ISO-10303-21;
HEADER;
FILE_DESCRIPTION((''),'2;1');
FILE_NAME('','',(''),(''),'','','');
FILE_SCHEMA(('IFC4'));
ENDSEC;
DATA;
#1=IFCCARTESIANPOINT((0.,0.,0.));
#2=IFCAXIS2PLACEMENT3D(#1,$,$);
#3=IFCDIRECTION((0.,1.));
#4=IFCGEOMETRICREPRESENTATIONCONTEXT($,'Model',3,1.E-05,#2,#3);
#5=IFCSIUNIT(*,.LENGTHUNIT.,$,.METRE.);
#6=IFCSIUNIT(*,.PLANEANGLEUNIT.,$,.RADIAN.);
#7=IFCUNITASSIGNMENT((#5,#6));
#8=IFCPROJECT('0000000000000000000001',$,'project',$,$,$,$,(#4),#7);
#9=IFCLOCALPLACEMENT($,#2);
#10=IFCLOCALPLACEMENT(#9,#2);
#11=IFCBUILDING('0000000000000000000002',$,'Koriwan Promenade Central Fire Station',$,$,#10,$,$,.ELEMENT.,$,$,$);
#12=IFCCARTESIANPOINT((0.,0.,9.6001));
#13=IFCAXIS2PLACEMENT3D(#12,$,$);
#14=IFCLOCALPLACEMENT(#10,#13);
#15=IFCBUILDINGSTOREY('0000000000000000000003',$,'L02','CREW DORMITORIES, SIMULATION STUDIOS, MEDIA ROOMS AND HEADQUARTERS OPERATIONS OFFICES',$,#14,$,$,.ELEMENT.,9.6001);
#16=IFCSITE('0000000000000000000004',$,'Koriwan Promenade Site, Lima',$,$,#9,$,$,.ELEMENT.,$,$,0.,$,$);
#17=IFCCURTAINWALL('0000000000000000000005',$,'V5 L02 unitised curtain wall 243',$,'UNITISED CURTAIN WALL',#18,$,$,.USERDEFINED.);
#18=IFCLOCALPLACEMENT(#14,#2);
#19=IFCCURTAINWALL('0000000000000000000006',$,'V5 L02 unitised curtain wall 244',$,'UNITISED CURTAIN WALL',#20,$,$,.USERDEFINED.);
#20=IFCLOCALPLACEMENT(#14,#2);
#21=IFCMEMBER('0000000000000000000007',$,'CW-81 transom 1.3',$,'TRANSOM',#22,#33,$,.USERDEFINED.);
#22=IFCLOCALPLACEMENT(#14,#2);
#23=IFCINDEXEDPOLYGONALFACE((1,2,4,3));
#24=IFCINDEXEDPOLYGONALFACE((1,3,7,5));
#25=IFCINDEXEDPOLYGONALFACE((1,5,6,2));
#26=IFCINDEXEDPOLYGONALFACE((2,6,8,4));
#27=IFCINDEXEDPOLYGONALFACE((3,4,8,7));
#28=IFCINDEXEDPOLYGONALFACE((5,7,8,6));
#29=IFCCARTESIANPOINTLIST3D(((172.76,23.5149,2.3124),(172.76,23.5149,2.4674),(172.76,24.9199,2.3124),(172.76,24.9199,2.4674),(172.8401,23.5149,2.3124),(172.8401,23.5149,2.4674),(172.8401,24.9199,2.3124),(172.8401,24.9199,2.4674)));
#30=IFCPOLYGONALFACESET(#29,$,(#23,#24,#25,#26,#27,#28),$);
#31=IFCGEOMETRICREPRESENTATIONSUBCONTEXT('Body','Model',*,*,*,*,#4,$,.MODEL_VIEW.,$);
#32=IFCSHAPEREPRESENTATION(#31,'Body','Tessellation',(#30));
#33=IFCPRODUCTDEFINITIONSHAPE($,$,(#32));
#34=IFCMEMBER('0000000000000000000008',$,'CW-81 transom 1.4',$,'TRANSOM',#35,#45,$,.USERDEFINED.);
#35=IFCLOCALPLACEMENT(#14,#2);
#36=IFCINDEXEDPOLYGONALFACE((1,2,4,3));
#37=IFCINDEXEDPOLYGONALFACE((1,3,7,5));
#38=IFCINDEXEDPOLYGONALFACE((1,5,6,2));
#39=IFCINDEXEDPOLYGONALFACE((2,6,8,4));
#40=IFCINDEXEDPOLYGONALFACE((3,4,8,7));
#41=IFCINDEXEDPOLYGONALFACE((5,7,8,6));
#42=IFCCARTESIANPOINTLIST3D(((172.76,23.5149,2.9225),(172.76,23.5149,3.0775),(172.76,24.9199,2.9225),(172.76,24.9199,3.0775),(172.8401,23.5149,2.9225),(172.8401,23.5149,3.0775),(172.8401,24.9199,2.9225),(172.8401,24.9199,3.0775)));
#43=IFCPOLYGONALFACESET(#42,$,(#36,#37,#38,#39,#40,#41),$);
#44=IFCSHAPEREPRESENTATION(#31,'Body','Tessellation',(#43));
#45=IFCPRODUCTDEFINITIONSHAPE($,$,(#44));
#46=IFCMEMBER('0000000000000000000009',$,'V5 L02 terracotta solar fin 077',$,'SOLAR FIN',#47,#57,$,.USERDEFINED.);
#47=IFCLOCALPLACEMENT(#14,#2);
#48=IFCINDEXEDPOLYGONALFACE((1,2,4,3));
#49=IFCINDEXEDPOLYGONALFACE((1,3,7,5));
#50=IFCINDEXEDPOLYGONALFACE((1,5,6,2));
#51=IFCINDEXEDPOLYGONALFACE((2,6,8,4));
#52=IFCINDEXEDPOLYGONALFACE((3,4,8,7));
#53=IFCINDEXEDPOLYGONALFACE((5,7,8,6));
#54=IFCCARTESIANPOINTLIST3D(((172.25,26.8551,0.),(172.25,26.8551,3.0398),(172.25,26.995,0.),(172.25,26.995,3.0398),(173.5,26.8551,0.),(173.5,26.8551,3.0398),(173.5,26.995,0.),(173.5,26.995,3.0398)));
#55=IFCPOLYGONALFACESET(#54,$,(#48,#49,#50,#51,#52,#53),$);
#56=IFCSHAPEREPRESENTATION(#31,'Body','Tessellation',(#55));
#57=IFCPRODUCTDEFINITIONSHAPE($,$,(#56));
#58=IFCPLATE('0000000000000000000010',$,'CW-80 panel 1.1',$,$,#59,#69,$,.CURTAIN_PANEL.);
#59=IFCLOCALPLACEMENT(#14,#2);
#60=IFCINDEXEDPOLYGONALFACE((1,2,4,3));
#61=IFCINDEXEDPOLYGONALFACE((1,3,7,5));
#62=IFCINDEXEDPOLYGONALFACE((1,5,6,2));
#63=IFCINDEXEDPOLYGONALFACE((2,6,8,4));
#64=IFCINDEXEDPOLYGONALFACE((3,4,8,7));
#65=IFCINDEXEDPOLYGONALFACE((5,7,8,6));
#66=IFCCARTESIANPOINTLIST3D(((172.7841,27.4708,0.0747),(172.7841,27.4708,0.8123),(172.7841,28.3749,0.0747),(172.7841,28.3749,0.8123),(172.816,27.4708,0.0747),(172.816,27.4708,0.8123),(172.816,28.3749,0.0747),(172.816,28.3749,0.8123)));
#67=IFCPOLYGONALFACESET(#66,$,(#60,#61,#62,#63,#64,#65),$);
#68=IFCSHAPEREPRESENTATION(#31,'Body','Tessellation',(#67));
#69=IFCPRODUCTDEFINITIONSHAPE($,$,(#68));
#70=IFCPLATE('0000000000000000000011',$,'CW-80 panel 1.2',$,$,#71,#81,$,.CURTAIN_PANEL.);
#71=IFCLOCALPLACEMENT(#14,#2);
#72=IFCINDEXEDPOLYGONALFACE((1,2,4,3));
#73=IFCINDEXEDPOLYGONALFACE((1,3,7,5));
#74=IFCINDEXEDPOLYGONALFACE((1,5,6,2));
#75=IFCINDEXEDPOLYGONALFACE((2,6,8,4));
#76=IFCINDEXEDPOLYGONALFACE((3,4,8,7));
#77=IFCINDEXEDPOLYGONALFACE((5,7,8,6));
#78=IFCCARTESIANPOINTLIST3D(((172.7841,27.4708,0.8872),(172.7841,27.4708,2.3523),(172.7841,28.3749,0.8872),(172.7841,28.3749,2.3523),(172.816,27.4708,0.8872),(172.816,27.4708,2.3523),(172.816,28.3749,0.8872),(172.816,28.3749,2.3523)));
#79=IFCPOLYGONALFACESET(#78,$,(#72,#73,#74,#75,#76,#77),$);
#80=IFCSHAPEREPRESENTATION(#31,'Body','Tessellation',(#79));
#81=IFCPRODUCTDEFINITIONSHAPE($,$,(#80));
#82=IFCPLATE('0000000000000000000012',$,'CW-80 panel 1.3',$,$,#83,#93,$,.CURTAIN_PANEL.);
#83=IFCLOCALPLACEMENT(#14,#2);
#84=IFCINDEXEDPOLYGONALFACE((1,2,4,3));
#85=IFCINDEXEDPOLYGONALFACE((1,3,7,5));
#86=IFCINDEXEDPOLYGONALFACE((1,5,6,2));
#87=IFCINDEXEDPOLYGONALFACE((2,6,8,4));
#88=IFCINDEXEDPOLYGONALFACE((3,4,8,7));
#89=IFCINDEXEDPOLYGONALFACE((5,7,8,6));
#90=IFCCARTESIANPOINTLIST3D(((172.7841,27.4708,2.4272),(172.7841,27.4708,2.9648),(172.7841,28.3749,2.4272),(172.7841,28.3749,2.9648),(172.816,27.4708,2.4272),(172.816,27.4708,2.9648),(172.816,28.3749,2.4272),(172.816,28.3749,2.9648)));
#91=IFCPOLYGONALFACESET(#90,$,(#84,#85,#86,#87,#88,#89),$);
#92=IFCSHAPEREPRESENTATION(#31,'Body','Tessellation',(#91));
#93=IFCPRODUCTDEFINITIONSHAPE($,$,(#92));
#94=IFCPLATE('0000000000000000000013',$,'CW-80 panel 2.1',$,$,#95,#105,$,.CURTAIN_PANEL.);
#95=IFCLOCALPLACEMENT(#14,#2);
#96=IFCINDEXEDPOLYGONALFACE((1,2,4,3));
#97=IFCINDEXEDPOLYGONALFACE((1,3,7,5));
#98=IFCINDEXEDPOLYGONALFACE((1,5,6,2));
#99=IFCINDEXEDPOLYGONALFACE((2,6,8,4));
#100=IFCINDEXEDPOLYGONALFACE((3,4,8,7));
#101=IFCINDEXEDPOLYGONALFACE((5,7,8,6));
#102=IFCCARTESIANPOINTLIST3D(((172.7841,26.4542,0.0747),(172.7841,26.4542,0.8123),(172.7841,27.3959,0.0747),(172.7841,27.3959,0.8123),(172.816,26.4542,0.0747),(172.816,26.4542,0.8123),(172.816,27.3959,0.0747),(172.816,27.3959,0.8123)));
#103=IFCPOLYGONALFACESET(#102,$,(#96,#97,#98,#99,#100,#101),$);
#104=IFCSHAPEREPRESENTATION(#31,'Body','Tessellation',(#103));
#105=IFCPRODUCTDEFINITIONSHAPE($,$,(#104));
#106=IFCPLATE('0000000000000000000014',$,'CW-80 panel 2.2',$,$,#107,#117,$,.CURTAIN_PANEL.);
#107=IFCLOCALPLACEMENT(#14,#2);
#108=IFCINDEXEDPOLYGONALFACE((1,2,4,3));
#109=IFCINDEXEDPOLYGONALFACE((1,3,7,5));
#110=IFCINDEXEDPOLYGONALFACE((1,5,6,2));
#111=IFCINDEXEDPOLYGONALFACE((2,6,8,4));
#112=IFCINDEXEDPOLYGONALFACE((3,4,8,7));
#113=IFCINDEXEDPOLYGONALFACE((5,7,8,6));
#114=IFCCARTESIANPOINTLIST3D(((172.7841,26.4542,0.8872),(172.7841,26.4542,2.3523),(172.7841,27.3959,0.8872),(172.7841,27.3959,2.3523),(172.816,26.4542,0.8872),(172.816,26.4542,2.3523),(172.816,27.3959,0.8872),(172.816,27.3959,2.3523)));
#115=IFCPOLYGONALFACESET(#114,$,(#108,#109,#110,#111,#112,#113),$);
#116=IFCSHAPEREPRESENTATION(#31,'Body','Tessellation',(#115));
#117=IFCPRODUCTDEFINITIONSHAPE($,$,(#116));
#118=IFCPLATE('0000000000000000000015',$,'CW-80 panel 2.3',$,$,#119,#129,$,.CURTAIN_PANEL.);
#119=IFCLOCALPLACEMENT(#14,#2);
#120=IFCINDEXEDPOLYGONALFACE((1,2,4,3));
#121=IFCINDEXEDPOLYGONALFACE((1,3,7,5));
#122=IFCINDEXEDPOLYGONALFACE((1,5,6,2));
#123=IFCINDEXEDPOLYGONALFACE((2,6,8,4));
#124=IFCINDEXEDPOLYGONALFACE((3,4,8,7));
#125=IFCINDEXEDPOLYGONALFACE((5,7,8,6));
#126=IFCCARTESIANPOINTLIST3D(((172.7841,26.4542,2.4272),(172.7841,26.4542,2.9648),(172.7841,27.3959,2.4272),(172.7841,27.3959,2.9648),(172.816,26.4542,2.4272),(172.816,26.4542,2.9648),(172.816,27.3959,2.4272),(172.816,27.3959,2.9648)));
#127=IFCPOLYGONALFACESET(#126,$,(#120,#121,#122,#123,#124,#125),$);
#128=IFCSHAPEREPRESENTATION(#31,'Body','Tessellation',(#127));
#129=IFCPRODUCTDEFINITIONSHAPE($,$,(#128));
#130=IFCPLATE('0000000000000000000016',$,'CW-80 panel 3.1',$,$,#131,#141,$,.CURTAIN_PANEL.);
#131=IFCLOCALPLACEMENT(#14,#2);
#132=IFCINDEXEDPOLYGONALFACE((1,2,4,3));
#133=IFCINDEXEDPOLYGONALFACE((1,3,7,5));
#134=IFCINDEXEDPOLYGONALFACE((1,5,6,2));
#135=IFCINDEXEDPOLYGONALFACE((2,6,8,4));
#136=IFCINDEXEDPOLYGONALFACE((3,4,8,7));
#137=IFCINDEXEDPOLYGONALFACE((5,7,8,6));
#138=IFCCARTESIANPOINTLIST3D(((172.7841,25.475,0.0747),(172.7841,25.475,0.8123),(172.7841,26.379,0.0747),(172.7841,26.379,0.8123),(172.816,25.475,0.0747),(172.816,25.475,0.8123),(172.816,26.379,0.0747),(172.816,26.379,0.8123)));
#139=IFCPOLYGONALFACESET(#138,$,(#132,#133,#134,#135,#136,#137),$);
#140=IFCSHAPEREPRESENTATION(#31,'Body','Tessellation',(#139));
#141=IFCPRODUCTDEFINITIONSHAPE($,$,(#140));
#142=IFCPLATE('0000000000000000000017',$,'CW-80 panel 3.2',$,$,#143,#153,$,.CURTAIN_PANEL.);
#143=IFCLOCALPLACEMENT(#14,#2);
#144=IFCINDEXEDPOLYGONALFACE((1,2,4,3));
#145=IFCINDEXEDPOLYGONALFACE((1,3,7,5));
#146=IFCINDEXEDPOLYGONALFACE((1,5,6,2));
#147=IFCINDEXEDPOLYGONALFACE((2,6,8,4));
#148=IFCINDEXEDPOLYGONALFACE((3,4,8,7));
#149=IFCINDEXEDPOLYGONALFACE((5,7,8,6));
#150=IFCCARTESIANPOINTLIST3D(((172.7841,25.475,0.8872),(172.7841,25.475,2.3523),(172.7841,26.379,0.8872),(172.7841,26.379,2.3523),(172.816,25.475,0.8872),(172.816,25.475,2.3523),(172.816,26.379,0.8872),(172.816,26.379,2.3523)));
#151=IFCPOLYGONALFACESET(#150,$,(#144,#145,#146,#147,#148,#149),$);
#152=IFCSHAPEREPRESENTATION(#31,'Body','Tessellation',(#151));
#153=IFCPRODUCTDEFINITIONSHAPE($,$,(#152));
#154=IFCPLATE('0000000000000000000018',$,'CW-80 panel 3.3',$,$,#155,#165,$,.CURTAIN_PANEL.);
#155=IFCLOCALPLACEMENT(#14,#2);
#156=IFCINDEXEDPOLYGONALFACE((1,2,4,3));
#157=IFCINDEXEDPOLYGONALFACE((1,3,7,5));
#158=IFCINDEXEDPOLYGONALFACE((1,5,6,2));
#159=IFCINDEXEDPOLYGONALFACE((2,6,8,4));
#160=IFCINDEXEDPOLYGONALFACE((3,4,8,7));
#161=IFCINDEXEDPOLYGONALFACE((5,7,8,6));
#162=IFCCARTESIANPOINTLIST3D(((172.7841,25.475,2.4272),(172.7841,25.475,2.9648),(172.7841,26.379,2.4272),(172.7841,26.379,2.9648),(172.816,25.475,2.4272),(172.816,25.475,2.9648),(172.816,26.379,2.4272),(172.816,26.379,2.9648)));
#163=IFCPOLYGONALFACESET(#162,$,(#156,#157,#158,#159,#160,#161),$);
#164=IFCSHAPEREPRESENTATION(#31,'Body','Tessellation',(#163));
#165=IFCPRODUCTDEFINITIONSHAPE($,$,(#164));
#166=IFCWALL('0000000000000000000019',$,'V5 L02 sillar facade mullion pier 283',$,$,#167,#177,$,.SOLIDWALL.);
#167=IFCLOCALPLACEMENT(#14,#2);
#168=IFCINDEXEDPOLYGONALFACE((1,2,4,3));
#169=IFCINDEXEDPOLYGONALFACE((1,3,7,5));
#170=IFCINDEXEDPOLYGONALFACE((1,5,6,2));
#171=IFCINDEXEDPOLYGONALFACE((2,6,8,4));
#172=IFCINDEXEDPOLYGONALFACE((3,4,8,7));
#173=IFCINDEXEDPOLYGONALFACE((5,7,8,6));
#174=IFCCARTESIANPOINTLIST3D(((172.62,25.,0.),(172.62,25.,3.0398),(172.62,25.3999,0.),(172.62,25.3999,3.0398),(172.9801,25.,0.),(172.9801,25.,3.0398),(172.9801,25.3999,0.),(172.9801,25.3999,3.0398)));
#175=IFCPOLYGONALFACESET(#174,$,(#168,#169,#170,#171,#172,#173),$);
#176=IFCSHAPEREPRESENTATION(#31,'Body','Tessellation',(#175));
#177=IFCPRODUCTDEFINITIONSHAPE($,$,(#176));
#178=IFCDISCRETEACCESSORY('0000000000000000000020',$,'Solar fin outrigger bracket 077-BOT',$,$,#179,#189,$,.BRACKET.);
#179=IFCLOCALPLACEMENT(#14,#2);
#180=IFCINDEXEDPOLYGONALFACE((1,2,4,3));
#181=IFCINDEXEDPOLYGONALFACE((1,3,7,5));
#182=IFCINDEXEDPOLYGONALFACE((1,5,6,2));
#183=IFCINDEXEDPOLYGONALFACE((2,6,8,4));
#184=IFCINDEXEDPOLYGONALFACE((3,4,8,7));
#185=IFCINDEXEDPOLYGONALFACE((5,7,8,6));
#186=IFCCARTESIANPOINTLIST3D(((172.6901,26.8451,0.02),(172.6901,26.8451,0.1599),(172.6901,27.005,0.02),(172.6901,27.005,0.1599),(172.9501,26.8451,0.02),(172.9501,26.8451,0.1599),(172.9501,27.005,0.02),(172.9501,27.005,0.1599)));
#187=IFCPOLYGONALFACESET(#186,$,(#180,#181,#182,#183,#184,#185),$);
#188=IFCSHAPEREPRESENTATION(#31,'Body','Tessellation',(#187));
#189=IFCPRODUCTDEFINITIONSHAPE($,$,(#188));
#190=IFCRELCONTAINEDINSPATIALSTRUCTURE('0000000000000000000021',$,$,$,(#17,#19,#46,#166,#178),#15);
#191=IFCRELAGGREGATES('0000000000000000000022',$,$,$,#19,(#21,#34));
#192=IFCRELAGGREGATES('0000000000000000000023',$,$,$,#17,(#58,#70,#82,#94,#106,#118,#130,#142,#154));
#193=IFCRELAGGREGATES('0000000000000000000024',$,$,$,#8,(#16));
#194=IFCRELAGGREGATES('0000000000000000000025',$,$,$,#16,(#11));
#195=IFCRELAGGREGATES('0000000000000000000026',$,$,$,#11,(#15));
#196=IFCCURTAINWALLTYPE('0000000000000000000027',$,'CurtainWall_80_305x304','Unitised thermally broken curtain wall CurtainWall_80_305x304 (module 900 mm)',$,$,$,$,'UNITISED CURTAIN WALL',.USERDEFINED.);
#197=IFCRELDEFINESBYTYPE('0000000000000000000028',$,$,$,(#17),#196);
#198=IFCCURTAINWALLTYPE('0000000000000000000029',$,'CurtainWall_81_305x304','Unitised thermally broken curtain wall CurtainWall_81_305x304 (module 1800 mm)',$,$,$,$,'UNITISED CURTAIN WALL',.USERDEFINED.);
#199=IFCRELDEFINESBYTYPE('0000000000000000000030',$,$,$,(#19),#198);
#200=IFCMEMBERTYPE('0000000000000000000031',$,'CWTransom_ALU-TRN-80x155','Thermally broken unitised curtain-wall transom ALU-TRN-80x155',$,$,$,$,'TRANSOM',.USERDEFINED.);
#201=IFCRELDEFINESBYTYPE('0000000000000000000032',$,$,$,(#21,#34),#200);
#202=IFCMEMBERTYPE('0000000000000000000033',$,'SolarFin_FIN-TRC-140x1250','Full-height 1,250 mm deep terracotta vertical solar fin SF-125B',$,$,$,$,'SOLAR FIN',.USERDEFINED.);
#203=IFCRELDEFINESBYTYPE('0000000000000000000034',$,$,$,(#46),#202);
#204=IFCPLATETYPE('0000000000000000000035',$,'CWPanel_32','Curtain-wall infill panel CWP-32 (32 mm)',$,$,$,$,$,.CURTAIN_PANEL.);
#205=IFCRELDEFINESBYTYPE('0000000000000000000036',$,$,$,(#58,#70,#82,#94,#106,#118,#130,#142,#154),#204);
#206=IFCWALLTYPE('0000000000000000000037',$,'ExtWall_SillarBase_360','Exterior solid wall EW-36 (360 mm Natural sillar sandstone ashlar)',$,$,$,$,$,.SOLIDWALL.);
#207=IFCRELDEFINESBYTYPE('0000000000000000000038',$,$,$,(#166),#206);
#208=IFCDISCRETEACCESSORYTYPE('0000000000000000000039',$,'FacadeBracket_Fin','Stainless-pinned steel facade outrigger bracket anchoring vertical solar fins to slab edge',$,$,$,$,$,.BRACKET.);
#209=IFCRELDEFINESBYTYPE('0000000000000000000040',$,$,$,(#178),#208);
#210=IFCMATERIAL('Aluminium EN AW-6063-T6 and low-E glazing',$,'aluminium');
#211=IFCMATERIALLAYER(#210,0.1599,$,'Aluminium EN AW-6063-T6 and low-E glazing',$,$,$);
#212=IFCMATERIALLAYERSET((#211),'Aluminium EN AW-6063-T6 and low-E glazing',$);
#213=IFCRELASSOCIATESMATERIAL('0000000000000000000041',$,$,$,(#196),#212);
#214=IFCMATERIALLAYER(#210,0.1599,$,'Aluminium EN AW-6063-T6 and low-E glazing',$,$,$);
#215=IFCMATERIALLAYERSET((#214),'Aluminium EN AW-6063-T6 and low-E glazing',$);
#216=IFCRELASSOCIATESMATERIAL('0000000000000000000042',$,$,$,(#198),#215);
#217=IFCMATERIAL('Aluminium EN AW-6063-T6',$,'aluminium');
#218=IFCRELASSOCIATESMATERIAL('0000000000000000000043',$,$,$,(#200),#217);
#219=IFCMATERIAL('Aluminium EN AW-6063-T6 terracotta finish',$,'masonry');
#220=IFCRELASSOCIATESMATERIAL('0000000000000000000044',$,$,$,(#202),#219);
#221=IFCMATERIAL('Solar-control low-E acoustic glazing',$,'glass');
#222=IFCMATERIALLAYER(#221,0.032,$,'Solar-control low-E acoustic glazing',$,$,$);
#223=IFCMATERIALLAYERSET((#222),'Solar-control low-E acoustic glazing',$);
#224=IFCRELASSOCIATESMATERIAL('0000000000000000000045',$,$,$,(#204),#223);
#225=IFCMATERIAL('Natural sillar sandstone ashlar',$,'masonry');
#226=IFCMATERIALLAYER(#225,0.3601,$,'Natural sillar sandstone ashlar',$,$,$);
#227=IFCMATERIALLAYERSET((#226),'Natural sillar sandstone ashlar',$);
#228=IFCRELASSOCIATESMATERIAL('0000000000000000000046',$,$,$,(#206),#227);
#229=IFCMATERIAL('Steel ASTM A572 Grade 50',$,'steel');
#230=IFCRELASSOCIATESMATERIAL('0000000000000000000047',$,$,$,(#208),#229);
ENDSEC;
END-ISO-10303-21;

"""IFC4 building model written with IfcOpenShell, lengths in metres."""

from ifc_helpers import new_model, si_unit, direction, frame, frame_2d, origin, origin_2d, place, context, subcontext, project, spatial, rectangle, extrude, material, layer, layer_set, material_profile, profile_set, type_object, element, aggregate, save


model = new_model("IFC4")

# Units and contexts
model_context = context("Model", 3, precision=1e-05, world=origin(), true_north=direction((0.0, 1.0)))
body_context = subcontext(model_context, "Body", "Model", "MODEL_VIEW")
ifc_project = project(units=[si_unit("LENGTHUNIT", "METRE"), si_unit("PLANEANGLEUNIT", "RADIAN")], contexts=[model_context])

# Site, building, storey
site_placement = place(None, origin())
site = spatial("IfcSite", under=ifc_project, at=site_placement, Name="Koriwan Promenade Site, Lima", CompositionType="ELEMENT", RefElevation=0.0)
building_placement = place(site_placement, origin())
building = spatial("IfcBuilding", under=site, at=building_placement, Name="Koriwan Promenade Central Fire Station", CompositionType="ELEMENT")
storey_placement = place(building_placement, frame((0.0, 0.0, 9.6001)))
storey = spatial("IfcBuildingStorey", under=building, at=storey_placement, Name="L02", Description="CREW DORMITORIES, SIMULATION STUDIOS, MEDIA ROOMS AND HEADQUARTERS OPERATIONS OFFICES", CompositionType="ELEMENT", Elevation=9.6001)

# Curtain wall
ifc_material_1 = material(Name="Aluminium EN AW-6063-T6 and low-E glazing", Category="aluminium")
ifc_layer_1 = layer(ifc_material_1, 0.1599, Name="Aluminium EN AW-6063-T6 and low-E glazing")
ifc_layer_set_1 = layer_set([ifc_layer_1], Name="Aluminium EN AW-6063-T6 and low-E glazing")
curtain_wall_type_1 = type_object("IfcCurtainWallType", Name="CurtainWall_80_305x304", Description="Unitised thermally broken curtain wall CurtainWall_80_305x304 (module 900 mm)", ElementType="UNITISED CURTAIN WALL", PredefinedType="USERDEFINED", material=ifc_layer_set_1)
curtain_wall_1_placement = place(storey_placement, origin())
curtain_wall_1 = element("IfcCurtainWall", 1, at=curtain_wall_1_placement, inside=storey, type_object=curtain_wall_type_1, Name="V5 L02 unitised curtain wall 243", ObjectType="UNITISED CURTAIN WALL", PredefinedType="USERDEFINED")
ifc_material_2 = material(Name="Aluminium EN AW-6063-T6", Category="aluminium")

# Curtain wall
ifc_layer_2 = layer(ifc_material_1, 0.1599, Name="Aluminium EN AW-6063-T6 and low-E glazing")
ifc_layer_set_2 = layer_set([ifc_layer_2], Name="Aluminium EN AW-6063-T6 and low-E glazing")
curtain_wall_type_2 = type_object("IfcCurtainWallType", Name="CurtainWall_81_305x304", Description="Unitised thermally broken curtain wall CurtainWall_81_305x304 (module 1800 mm)", ElementType="UNITISED CURTAIN WALL", PredefinedType="USERDEFINED", material=ifc_layer_set_2)
curtain_wall_2_placement = place(storey_placement, origin())
curtain_wall_2 = element("IfcCurtainWall", 2, at=curtain_wall_2_placement, inside=storey, type_object=curtain_wall_type_2, Name="V5 L02 unitised curtain wall 244", ObjectType="UNITISED CURTAIN WALL", PredefinedType="USERDEFINED")

# Members
ifc_material_profile_1 = material_profile(ifc_material_2, rectangle(XDim=0.0801, YDim=0.155, at=origin_2d()), Name="ALU-TRN-80x155")
ifc_profile_set_1 = profile_set([ifc_material_profile_1], Name="Aluminium EN AW-6063-T6")
member_type_1 = type_object("IfcMemberType", Name="CWTransom_ALU-TRN-80x155", Description="Thermally broken unitised curtain-wall transom ALU-TRN-80x155", ElementType="TRANSOM", PredefinedType="USERDEFINED", material=ifc_profile_set_1)
member_1_placement = place(storey_placement, frame((172.8, 24.9199, 2.3899), z_axis=(0.0, -1.0, 0.0), x_axis=(1.0, 0.0, 0.0)))
member_1 = element("IfcMember", 3, at=member_1_placement, type_object=member_type_1, Name="CW-81 transom 1.3", ObjectType="TRANSOM", PredefinedType="USERDEFINED", context=body_context, shape_type="SweptSolid", body=[
    extrude(rectangle(XDim=0.0801, YDim=0.155, at=origin_2d()), origin(), (0.0, 0.0, 1.0), 1.405),
])
member_2_placement = place(storey_placement, frame((172.8, 24.9199, 3.0), z_axis=(0.0, -1.0, 0.0), x_axis=(1.0, 0.0, 0.0)))
member_2 = element("IfcMember", 4, at=member_2_placement, type_object=member_type_1, Name="CW-81 transom 1.4", ObjectType="TRANSOM", PredefinedType="USERDEFINED", context=body_context, shape_type="SweptSolid", body=[
    extrude(rectangle(XDim=0.0801, YDim=0.155, at=origin_2d()), origin(), (0.0, 0.0, 1.0), 1.405),
])
aggregate(curtain_wall_2, [member_1, member_2])
ifc_material_3 = material(Name="Aluminium EN AW-6063-T6 terracotta finish", Category="masonry")
ifc_material_profile_2 = material_profile(ifc_material_3, rectangle(XDim=0.1399, YDim=1.25, at=origin_2d()), Name="FIN-TRC-140x1250")
ifc_profile_set_2 = profile_set([ifc_material_profile_2], Name="Aluminium EN AW-6063-T6 terracotta finish")
member_type_2 = type_object("IfcMemberType", Name="SolarFin_FIN-TRC-140x1250", Description="Full-height 1,250 mm deep terracotta vertical solar fin SF-125B", ElementType="SOLAR FIN", PredefinedType="USERDEFINED", material=ifc_profile_set_2)
member_3_placement = place(storey_placement, frame((172.875, 26.925, 0.0), z_axis=(0.0, 0.0, 1.0), x_axis=(0.0, -1.0, 0.0)))
element("IfcMember", 5, at=member_3_placement, inside=storey, type_object=member_type_2, Name="V5 L02 terracotta solar fin 077", ObjectType="SOLAR FIN", PredefinedType="USERDEFINED", context=body_context, shape_type="SweptSolid", body=[
    extrude(rectangle(XDim=0.1399, YDim=1.25, at=origin_2d()), origin(), (0.0, 0.0, 1.0), 3.0398),
])

# Plates
ifc_material_4 = material(Name="Solar-control low-E acoustic glazing", Category="glass")
ifc_layer_3 = layer(ifc_material_4, 0.032, Name="Solar-control low-E acoustic glazing")
ifc_layer_set_3 = layer_set([ifc_layer_3], Name="Solar-control low-E acoustic glazing")
plate_type = type_object("IfcPlateType", Name="CWPanel_32", Description="Curtain-wall infill panel CWP-32 (32 mm)", PredefinedType="CURTAIN_PANEL", material=ifc_layer_set_3)
plate_1_placement = place(storey_placement, frame((172.8, 27.9229, 0.0747), z_axis=(0.0, 0.0, 1.0), x_axis=(0.0, -1.0, 0.0)))
plate_1 = element("IfcPlate", 6, at=plate_1_placement, type_object=plate_type, Name="CW-80 panel 1.1", PredefinedType="CURTAIN_PANEL", context=body_context, shape_type="SweptSolid", body=[
    extrude(rectangle(XDim=0.9041, YDim=0.032, at=origin_2d()), origin(), (0.0, 0.0, 1.0), 0.7375),
])
plate_2_placement = place(storey_placement, frame((172.8, 27.9229, 0.8872), z_axis=(0.0, 0.0, 1.0), x_axis=(0.0, -1.0, 0.0)))
plate_2 = element("IfcPlate", 7, at=plate_2_placement, type_object=plate_type, Name="CW-80 panel 1.2", PredefinedType="CURTAIN_PANEL", context=body_context, shape_type="SweptSolid", body=[
    extrude(rectangle(XDim=0.9041, YDim=0.032, at=origin_2d()), origin(), (0.0, 0.0, 1.0), 1.4651),
])
plate_3_placement = place(storey_placement, frame((172.8, 27.9229, 2.4272), z_axis=(0.0, 0.0, 1.0), x_axis=(0.0, -1.0, 0.0)))
plate_3 = element("IfcPlate", 8, at=plate_3_placement, type_object=plate_type, Name="CW-80 panel 1.3", PredefinedType="CURTAIN_PANEL", context=body_context, shape_type="SweptSolid", body=[
    extrude(rectangle(XDim=0.9041, YDim=0.032, at=origin_2d()), origin(), (0.0, 0.0, 1.0), 0.5376),
])
plate_4_placement = place(storey_placement, frame((172.8, 26.925, 0.0747), z_axis=(0.0, 0.0, 1.0), x_axis=(0.0, -1.0, 0.0)))
plate_4 = element("IfcPlate", 9, at=plate_4_placement, type_object=plate_type, Name="CW-80 panel 2.1", PredefinedType="CURTAIN_PANEL", context=body_context, shape_type="SweptSolid", body=[
    extrude(rectangle(XDim=0.9417, YDim=0.032, at=origin_2d()), origin(), (0.0, 0.0, 1.0), 0.7375),
])
plate_5_placement = place(storey_placement, frame((172.8, 26.925, 0.8872), z_axis=(0.0, 0.0, 1.0), x_axis=(0.0, -1.0, 0.0)))
plate_5 = element("IfcPlate", 10, at=plate_5_placement, type_object=plate_type, Name="CW-80 panel 2.2", PredefinedType="CURTAIN_PANEL", context=body_context, shape_type="SweptSolid", body=[
    extrude(rectangle(XDim=0.9417, YDim=0.032, at=origin_2d()), origin(), (0.0, 0.0, 1.0), 1.4651),
])
plate_6_placement = place(storey_placement, frame((172.8, 26.925, 2.4272), z_axis=(0.0, 0.0, 1.0), x_axis=(0.0, -1.0, 0.0)))
plate_6 = element("IfcPlate", 11, at=plate_6_placement, type_object=plate_type, Name="CW-80 panel 2.3", PredefinedType="CURTAIN_PANEL", context=body_context, shape_type="SweptSolid", body=[
    extrude(rectangle(XDim=0.9417, YDim=0.032, at=origin_2d()), origin(), (0.0, 0.0, 1.0), 0.5376),
])
plate_7_placement = place(storey_placement, frame((172.8, 25.927, 0.0747), z_axis=(0.0, 0.0, 1.0), x_axis=(0.0, -1.0, 0.0)))
plate_7 = element("IfcPlate", 12, at=plate_7_placement, type_object=plate_type, Name="CW-80 panel 3.1", PredefinedType="CURTAIN_PANEL", context=body_context, shape_type="SweptSolid", body=[
    extrude(rectangle(XDim=0.9041, YDim=0.032, at=origin_2d()), origin(), (0.0, 0.0, 1.0), 0.7375),
])
plate_8_placement = place(storey_placement, frame((172.8, 25.927, 0.8872), z_axis=(0.0, 0.0, 1.0), x_axis=(0.0, -1.0, 0.0)))
plate_8 = element("IfcPlate", 13, at=plate_8_placement, type_object=plate_type, Name="CW-80 panel 3.2", PredefinedType="CURTAIN_PANEL", context=body_context, shape_type="SweptSolid", body=[
    extrude(rectangle(XDim=0.9041, YDim=0.032, at=origin_2d()), origin(), (0.0, 0.0, 1.0), 1.4651),
])
plate_9_placement = place(storey_placement, frame((172.8, 25.927, 2.4272), z_axis=(0.0, 0.0, 1.0), x_axis=(0.0, -1.0, 0.0)))
plate_9 = element("IfcPlate", 14, at=plate_9_placement, type_object=plate_type, Name="CW-80 panel 3.3", PredefinedType="CURTAIN_PANEL", context=body_context, shape_type="SweptSolid", body=[
    extrude(rectangle(XDim=0.9041, YDim=0.032, at=origin_2d()), origin(), (0.0, 0.0, 1.0), 0.5376),
])
aggregate(curtain_wall_1, [plate_1, plate_2, plate_3, plate_4, plate_5, plate_6, plate_7, plate_8, plate_9])

# Wall
ifc_material_5 = material(Name="Natural sillar sandstone ashlar", Category="masonry")
ifc_layer_4 = layer(ifc_material_5, 0.3601, Name="Natural sillar sandstone ashlar")
ifc_layer_set_4 = layer_set([ifc_layer_4], Name="Natural sillar sandstone ashlar")
wall_type = type_object("IfcWallType", Name="ExtWall_SillarBase_360", Description="Exterior solid wall EW-36 (360 mm Natural sillar sandstone ashlar)", PredefinedType="SOLIDWALL", material=ifc_layer_set_4)
wall_placement = place(storey_placement, frame((172.8, 25.3999, 0.0), z_axis=(0.0, 0.0, 1.0), x_axis=(0.0, -1.0, 0.0)))
element("IfcWall", 15, at=wall_placement, inside=storey, type_object=wall_type, Name="V5 L02 sillar facade mullion pier 283", PredefinedType="SOLIDWALL", context=body_context, shape_type="SweptSolid", body=[
    extrude(rectangle(XDim=0.3999, YDim=0.3601, at=frame_2d((0.2, 0.0))), origin(), (0.0, 0.0, 1.0), 3.0398),
])

# Discrete accessory
ifc_material_6 = material(Name="Steel ASTM A572 Grade 50", Category="steel")
discrete_accessory_type = type_object("IfcDiscreteAccessoryType", Name="FacadeBracket_Fin", Description="Stainless-pinned steel facade outrigger bracket anchoring vertical solar fins to slab edge", PredefinedType="BRACKET", material=ifc_material_6)
for number, where, z_axis, x_axis, name in (
    (16, (172.8201, 26.925, 0.02), (0.0, 0.0, 1.0), (1.0, 0.0, 0.0), "Solar fin outrigger bracket 077-BOT"),
):
    element("IfcDiscreteAccessory", number, at=place(storey_placement, frame(where, z_axis=z_axis, x_axis=x_axis)), inside=storey, type_object=discrete_accessory_type, Name=name, PredefinedType="BRACKET", context=body_context, shape_type="SweptSolid", body=[
        extrude(rectangle(XDim=0.26, YDim=0.1599, at=origin_2d()), origin(), (0.0, 0.0, 1.0), 0.1399),
    ])

save(model, "model.ifc")
